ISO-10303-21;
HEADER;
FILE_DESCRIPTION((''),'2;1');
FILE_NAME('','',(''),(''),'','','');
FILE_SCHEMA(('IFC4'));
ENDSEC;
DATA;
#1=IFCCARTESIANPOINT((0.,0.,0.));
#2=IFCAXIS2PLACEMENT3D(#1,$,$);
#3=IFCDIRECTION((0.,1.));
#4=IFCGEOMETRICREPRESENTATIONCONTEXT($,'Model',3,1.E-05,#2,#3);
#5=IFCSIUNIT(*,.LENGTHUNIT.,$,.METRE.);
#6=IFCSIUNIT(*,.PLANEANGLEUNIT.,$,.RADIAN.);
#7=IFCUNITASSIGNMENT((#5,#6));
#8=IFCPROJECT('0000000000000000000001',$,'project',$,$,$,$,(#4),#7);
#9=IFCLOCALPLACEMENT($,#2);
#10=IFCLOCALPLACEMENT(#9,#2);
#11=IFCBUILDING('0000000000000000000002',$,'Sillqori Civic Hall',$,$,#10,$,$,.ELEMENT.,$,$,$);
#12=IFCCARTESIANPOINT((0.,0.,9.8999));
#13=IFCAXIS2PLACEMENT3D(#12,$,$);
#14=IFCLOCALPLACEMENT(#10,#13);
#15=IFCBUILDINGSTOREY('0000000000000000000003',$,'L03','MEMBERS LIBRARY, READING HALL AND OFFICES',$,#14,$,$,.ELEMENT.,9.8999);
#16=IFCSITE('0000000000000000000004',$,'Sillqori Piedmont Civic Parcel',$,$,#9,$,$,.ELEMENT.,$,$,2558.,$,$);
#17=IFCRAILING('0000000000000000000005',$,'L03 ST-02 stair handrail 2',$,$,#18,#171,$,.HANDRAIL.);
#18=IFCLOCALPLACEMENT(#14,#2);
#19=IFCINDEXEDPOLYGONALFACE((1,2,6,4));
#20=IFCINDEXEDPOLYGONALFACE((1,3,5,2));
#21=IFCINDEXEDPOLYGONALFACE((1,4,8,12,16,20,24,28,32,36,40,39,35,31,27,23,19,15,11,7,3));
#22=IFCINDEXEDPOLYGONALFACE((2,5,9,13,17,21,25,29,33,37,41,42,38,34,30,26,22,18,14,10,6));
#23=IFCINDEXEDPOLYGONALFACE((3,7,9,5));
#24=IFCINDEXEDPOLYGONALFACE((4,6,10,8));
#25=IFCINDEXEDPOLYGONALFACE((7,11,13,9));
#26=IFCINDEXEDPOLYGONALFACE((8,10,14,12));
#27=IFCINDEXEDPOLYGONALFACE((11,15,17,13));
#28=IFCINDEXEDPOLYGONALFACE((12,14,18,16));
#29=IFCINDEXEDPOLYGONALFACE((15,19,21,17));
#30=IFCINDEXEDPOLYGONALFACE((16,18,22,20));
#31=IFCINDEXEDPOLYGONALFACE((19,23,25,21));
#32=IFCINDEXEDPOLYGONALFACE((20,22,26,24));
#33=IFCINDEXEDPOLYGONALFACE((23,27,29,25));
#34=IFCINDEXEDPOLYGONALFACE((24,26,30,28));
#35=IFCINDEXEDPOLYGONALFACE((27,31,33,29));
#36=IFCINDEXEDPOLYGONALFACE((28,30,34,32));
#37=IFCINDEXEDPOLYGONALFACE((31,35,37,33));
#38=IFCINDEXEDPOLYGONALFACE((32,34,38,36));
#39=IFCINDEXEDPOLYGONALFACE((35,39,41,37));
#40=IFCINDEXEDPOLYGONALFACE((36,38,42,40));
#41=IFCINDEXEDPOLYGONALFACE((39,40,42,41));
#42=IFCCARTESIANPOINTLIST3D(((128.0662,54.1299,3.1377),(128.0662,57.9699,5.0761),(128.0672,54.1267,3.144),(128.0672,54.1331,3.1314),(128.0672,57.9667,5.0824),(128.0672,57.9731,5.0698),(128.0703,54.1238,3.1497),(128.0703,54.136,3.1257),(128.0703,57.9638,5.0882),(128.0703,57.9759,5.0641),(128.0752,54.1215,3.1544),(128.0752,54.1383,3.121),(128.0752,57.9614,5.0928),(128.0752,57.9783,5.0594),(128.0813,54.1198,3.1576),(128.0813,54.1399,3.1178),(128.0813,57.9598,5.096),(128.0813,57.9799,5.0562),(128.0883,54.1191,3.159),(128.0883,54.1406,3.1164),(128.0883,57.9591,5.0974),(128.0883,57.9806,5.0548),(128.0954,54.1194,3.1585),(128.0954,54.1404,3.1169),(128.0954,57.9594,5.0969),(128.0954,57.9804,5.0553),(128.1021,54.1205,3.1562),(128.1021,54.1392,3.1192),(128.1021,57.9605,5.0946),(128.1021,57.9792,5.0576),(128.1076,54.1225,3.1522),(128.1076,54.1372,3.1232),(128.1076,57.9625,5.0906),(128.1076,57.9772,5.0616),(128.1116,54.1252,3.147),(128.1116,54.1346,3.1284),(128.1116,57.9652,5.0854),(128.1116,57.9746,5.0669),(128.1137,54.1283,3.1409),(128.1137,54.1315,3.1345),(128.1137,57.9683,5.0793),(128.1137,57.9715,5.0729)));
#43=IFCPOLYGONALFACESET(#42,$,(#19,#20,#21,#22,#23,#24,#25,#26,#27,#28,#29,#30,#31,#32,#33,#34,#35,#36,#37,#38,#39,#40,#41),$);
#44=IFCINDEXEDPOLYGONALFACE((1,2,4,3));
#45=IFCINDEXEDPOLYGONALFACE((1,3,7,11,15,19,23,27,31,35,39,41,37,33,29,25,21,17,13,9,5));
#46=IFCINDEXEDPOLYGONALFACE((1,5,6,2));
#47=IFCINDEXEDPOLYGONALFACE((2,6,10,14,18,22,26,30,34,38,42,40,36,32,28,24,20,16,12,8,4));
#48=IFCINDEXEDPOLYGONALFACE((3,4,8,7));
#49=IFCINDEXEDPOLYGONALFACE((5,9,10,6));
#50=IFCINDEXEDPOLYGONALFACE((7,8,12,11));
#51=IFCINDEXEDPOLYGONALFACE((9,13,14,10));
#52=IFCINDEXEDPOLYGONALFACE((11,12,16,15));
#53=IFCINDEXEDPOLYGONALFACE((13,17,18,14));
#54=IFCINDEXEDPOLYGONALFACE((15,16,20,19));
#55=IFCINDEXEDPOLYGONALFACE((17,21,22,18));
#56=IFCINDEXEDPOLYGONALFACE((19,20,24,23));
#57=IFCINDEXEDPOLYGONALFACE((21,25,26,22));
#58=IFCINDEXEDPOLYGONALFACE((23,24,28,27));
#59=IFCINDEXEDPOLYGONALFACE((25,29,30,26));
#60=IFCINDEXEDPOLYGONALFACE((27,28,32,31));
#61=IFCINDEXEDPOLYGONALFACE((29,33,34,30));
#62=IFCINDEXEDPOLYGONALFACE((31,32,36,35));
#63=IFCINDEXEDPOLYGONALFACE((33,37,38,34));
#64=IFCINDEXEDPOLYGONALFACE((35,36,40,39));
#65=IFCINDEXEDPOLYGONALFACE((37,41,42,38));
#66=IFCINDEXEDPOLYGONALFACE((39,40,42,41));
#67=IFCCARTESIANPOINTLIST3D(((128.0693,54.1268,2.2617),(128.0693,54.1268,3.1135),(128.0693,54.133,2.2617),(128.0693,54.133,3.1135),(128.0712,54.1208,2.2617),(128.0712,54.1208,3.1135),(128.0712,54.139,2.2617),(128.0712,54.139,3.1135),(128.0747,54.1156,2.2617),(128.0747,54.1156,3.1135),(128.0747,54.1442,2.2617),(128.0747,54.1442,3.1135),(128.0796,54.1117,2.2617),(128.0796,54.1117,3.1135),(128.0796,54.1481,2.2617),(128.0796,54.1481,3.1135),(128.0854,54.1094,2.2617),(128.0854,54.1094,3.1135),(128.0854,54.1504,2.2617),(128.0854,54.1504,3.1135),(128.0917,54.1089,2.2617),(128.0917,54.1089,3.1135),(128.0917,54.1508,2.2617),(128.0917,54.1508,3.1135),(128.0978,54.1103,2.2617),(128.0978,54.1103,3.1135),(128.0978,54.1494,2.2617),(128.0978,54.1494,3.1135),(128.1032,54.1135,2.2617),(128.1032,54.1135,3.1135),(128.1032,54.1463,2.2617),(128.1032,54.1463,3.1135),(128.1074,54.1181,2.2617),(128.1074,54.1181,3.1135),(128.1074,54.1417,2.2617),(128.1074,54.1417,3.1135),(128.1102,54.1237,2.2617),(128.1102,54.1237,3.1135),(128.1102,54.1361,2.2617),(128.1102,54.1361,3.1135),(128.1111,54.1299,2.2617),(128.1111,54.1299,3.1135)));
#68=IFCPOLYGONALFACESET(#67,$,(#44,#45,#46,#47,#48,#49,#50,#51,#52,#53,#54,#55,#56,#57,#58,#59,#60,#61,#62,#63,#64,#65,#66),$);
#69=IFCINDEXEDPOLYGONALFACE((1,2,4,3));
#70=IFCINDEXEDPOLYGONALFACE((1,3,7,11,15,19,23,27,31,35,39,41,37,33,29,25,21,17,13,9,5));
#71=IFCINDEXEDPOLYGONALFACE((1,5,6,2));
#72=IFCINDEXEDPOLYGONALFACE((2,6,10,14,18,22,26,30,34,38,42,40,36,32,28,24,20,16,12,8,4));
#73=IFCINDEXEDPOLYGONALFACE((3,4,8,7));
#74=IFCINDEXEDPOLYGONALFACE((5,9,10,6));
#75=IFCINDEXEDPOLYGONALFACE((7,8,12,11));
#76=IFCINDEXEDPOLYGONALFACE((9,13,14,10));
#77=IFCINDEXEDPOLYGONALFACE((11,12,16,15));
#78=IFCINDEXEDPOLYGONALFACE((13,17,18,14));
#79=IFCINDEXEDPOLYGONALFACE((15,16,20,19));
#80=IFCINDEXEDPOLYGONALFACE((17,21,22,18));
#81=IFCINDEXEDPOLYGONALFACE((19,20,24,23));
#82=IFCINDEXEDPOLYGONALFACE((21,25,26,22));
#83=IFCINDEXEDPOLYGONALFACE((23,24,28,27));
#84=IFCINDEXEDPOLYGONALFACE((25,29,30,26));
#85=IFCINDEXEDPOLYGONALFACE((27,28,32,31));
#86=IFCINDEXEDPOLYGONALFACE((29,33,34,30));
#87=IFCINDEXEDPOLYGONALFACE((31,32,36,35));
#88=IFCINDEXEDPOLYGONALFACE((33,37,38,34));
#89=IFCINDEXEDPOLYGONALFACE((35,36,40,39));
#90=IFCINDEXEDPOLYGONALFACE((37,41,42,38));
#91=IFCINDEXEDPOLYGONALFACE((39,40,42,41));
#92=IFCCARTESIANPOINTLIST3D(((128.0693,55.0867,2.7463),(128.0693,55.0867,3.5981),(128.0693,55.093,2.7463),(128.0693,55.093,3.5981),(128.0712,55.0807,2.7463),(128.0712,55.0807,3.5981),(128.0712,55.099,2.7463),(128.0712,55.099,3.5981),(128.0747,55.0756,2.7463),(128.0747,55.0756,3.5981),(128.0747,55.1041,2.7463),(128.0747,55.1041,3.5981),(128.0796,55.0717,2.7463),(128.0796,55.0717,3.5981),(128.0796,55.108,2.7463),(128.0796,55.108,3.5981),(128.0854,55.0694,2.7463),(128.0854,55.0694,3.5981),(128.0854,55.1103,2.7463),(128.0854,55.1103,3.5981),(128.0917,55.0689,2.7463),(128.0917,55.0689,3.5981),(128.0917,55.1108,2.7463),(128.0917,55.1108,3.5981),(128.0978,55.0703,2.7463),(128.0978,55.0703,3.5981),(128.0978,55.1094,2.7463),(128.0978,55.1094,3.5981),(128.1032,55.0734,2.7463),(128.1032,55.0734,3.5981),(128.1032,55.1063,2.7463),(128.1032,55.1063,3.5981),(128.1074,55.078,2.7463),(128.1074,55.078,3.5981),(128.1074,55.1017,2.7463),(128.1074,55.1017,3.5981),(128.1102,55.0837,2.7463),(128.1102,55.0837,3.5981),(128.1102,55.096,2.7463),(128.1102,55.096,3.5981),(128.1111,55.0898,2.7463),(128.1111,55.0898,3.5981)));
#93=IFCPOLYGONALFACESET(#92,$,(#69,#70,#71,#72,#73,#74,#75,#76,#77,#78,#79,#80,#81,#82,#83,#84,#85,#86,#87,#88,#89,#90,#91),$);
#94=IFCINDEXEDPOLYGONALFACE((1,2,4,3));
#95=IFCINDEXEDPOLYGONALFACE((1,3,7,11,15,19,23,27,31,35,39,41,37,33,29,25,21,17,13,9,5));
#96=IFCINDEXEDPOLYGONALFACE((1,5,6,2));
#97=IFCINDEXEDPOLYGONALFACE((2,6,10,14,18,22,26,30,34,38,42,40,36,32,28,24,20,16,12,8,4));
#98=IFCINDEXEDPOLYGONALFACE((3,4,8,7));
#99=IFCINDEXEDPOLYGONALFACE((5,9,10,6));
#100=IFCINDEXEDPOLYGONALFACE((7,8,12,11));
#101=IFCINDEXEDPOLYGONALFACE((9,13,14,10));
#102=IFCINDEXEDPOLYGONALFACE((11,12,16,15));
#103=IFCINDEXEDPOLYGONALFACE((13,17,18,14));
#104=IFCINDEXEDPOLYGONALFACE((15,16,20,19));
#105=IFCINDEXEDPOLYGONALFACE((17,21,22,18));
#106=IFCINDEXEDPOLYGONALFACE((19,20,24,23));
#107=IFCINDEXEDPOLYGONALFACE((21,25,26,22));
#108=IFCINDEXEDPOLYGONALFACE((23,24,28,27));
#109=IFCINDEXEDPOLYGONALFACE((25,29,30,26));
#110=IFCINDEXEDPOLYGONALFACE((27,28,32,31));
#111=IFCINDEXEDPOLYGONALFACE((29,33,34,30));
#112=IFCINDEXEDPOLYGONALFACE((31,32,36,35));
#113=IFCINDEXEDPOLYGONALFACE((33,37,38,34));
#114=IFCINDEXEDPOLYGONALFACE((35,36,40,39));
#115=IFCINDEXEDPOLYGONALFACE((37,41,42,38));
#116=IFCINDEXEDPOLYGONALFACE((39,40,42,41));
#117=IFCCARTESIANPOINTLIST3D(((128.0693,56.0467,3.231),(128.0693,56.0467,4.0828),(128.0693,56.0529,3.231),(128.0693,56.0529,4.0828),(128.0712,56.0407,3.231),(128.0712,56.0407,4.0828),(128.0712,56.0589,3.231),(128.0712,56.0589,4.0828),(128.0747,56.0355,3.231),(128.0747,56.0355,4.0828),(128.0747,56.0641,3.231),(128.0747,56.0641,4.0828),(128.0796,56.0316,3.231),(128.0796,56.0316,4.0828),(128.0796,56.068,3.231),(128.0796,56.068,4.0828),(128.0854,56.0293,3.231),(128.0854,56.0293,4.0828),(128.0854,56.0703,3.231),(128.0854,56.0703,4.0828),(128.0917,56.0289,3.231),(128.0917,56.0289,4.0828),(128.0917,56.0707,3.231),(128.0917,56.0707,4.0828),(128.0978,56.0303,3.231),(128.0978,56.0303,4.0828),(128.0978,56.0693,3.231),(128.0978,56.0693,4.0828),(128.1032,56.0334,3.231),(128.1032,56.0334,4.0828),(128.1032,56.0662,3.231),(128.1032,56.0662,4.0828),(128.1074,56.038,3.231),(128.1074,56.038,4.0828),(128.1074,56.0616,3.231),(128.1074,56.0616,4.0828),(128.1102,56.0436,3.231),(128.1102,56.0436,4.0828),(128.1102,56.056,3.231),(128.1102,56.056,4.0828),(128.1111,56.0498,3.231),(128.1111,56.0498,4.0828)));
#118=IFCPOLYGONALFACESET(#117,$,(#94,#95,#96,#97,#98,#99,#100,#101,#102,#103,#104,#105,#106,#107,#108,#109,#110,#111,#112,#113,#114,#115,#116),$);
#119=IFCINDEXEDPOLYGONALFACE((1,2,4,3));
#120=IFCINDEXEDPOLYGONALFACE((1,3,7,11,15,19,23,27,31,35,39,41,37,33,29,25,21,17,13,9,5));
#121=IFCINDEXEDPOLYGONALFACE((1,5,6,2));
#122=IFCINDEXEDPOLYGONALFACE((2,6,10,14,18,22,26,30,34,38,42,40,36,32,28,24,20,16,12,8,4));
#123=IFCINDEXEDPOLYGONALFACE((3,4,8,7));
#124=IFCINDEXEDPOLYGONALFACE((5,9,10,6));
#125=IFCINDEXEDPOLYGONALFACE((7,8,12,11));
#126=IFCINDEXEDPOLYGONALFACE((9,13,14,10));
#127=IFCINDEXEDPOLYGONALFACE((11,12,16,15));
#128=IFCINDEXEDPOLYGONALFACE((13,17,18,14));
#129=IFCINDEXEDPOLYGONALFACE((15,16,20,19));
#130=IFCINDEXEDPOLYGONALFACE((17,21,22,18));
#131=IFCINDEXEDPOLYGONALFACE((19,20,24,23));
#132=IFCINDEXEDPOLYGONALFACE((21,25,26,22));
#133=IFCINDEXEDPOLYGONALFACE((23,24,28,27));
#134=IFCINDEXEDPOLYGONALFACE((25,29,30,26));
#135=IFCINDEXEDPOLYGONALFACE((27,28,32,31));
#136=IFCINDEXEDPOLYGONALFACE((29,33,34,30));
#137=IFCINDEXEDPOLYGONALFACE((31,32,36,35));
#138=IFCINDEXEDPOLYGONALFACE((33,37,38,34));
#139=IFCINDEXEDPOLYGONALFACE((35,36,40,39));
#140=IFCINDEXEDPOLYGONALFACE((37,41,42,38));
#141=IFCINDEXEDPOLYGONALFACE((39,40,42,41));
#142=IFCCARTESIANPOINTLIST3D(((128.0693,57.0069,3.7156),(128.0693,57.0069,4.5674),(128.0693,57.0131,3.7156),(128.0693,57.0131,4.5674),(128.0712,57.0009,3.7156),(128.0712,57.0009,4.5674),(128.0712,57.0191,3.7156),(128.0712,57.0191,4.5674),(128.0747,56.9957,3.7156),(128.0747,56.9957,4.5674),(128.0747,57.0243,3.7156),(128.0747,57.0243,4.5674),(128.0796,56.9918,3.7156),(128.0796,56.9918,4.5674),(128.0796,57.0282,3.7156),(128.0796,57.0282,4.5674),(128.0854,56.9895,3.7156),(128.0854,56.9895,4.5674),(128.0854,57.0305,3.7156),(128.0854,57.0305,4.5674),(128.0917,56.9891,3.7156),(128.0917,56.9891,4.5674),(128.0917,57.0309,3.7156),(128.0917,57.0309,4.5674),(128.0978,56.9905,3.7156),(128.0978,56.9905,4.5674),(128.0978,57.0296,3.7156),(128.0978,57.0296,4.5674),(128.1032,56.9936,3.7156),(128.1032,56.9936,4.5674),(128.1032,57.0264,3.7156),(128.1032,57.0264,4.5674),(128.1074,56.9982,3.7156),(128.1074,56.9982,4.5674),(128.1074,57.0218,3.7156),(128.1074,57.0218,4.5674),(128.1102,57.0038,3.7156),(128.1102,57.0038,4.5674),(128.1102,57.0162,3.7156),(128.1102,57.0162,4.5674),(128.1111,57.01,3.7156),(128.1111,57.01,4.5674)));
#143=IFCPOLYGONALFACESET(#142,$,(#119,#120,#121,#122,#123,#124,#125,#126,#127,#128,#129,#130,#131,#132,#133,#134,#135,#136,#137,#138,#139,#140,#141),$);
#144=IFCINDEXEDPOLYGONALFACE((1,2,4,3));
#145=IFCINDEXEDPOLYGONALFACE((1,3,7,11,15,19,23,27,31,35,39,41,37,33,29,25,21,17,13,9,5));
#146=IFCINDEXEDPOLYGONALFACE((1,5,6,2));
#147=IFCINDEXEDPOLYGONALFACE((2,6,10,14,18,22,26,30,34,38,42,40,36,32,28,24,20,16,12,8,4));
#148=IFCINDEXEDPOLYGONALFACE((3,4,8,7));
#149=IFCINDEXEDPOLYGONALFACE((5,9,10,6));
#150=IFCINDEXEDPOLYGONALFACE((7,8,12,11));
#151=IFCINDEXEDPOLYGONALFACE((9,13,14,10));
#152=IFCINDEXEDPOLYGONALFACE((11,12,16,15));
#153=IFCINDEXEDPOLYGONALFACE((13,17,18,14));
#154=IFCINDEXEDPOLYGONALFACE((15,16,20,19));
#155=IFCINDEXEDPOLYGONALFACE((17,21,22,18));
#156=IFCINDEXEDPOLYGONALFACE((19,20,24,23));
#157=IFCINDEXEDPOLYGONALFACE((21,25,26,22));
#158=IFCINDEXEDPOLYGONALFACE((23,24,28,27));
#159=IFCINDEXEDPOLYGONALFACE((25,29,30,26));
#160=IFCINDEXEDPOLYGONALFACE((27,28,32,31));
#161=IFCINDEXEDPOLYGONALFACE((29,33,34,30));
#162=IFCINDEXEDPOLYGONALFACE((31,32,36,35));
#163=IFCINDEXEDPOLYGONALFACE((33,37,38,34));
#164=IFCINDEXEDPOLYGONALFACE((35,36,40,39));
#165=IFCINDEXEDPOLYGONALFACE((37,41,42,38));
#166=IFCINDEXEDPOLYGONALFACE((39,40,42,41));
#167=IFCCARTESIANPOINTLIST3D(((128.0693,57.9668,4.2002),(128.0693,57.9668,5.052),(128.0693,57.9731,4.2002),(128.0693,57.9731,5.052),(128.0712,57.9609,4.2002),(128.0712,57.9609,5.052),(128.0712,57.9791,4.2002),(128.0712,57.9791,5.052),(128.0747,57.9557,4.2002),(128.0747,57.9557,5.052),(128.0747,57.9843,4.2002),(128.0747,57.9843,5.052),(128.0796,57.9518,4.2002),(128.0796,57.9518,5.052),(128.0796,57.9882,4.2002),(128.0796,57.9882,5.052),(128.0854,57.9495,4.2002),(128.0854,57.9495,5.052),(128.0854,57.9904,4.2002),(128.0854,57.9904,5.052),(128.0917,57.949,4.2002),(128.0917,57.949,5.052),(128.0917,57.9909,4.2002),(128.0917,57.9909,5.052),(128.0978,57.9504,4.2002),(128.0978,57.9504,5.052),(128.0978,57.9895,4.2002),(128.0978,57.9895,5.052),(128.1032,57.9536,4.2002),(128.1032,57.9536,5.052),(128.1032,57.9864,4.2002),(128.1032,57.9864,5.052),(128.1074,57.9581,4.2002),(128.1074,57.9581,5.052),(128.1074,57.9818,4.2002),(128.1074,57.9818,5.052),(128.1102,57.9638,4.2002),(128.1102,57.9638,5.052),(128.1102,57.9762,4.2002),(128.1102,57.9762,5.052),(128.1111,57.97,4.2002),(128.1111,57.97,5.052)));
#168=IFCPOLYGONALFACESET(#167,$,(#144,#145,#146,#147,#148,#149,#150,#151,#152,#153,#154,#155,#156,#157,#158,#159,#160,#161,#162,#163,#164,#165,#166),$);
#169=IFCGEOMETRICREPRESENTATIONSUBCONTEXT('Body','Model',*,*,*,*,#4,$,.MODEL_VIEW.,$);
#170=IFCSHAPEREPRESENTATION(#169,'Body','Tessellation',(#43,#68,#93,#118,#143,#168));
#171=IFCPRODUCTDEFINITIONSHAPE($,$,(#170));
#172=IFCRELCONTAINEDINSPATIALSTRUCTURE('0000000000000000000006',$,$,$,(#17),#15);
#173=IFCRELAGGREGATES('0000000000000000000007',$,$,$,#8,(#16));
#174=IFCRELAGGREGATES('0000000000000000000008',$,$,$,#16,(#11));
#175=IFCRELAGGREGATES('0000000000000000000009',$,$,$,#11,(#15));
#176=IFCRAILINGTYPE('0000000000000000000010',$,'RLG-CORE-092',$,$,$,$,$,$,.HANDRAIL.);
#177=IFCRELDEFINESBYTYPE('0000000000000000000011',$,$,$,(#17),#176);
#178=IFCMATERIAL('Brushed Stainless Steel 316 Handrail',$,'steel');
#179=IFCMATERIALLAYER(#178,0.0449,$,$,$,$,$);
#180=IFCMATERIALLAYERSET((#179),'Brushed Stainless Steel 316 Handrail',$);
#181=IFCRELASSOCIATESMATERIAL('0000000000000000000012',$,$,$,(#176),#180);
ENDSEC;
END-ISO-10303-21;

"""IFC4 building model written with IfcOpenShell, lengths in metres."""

from ifc_helpers import new_model, si_unit, direction, frame, origin, origin_2d, place, context, subcontext, project, spatial, circle, extrude, material, layer, layer_set, type_object, element, save


model = new_model("IFC4")

# Units and contexts
model_context = context("Model", 3, precision=1e-05, world=origin(), true_north=direction((0.0, 1.0)))
body_context = subcontext(model_context, "Body", "Model", "MODEL_VIEW")
ifc_project = project(units=[si_unit("LENGTHUNIT", "METRE"), si_unit("PLANEANGLEUNIT", "RADIAN")], contexts=[model_context])

# Site, building, storey
site_placement = place(None, origin())
site = spatial("IfcSite", under=ifc_project, at=site_placement, Name="Sillqori Piedmont Civic Parcel", CompositionType="ELEMENT", RefElevation=2558.0)
building_placement = place(site_placement, origin())
building = spatial("IfcBuilding", under=site, at=building_placement, Name="Sillqori Civic Hall", CompositionType="ELEMENT")
storey_placement = place(building_placement, frame((0.0, 0.0, 9.8999)))
storey = spatial("IfcBuildingStorey", under=building, at=storey_placement, Name="L03", Description="MEMBERS LIBRARY, READING HALL AND OFFICES", CompositionType="ELEMENT", Elevation=9.8999)

# Railing
ifc_material_1 = material(Name="Brushed Stainless Steel 316 Handrail", Category="steel")
ifc_layer_1 = layer(ifc_material_1, 0.0449)
ifc_layer_set_1 = layer_set([ifc_layer_1], Name="Brushed Stainless Steel 316 Handrail")
railing_type_1 = type_object("IfcRailingType", Name="RLG-CORE-092", PredefinedType="HANDRAIL", material=ifc_layer_set_1)
railing_1_placement = place(storey_placement, frame((128.0901, 54.1299, 2.2617)))
element("IfcRailing", 1, at=railing_1_placement, inside=storey, type_object=railing_type_1, Name="L03 ST-02 stair handrail 2", PredefinedType="HANDRAIL", context=body_context, shape_type="SweptSolid", body=[
    extrude(circle(Radius=0.0239, at=origin_2d()), frame((0.0, 0.0, 0.876), z_axis=(0.0, 0.892707, 0.450638), x_axis=(-1.0, 0.0, 0.0)), (0.0, 0.0, 1.0), 4.3015),
    extrude(circle(Radius=0.021, at=origin_2d()), origin(), (0.0, 0.0, 1.0), 0.8518),
    extrude(circle(Radius=0.021, at=origin_2d()), frame((0.0, 0.96, 0.4846)), (0.0, 0.0, 1.0), 0.8518),
    extrude(circle(Radius=0.021, at=origin_2d()), frame((0.0, 1.9199, 0.9692)), (0.0, 0.0, 1.0), 0.8518),
    extrude(circle(Radius=0.021, at=origin_2d()), frame((0.0, 2.8801, 1.4539)), (0.0, 0.0, 1.0), 0.8518),
    extrude(circle(Radius=0.021, at=origin_2d()), frame((0.0, 3.8401, 1.9385)), (0.0, 0.0, 1.0), 0.8518),
])

save(model, "model.ifc")
